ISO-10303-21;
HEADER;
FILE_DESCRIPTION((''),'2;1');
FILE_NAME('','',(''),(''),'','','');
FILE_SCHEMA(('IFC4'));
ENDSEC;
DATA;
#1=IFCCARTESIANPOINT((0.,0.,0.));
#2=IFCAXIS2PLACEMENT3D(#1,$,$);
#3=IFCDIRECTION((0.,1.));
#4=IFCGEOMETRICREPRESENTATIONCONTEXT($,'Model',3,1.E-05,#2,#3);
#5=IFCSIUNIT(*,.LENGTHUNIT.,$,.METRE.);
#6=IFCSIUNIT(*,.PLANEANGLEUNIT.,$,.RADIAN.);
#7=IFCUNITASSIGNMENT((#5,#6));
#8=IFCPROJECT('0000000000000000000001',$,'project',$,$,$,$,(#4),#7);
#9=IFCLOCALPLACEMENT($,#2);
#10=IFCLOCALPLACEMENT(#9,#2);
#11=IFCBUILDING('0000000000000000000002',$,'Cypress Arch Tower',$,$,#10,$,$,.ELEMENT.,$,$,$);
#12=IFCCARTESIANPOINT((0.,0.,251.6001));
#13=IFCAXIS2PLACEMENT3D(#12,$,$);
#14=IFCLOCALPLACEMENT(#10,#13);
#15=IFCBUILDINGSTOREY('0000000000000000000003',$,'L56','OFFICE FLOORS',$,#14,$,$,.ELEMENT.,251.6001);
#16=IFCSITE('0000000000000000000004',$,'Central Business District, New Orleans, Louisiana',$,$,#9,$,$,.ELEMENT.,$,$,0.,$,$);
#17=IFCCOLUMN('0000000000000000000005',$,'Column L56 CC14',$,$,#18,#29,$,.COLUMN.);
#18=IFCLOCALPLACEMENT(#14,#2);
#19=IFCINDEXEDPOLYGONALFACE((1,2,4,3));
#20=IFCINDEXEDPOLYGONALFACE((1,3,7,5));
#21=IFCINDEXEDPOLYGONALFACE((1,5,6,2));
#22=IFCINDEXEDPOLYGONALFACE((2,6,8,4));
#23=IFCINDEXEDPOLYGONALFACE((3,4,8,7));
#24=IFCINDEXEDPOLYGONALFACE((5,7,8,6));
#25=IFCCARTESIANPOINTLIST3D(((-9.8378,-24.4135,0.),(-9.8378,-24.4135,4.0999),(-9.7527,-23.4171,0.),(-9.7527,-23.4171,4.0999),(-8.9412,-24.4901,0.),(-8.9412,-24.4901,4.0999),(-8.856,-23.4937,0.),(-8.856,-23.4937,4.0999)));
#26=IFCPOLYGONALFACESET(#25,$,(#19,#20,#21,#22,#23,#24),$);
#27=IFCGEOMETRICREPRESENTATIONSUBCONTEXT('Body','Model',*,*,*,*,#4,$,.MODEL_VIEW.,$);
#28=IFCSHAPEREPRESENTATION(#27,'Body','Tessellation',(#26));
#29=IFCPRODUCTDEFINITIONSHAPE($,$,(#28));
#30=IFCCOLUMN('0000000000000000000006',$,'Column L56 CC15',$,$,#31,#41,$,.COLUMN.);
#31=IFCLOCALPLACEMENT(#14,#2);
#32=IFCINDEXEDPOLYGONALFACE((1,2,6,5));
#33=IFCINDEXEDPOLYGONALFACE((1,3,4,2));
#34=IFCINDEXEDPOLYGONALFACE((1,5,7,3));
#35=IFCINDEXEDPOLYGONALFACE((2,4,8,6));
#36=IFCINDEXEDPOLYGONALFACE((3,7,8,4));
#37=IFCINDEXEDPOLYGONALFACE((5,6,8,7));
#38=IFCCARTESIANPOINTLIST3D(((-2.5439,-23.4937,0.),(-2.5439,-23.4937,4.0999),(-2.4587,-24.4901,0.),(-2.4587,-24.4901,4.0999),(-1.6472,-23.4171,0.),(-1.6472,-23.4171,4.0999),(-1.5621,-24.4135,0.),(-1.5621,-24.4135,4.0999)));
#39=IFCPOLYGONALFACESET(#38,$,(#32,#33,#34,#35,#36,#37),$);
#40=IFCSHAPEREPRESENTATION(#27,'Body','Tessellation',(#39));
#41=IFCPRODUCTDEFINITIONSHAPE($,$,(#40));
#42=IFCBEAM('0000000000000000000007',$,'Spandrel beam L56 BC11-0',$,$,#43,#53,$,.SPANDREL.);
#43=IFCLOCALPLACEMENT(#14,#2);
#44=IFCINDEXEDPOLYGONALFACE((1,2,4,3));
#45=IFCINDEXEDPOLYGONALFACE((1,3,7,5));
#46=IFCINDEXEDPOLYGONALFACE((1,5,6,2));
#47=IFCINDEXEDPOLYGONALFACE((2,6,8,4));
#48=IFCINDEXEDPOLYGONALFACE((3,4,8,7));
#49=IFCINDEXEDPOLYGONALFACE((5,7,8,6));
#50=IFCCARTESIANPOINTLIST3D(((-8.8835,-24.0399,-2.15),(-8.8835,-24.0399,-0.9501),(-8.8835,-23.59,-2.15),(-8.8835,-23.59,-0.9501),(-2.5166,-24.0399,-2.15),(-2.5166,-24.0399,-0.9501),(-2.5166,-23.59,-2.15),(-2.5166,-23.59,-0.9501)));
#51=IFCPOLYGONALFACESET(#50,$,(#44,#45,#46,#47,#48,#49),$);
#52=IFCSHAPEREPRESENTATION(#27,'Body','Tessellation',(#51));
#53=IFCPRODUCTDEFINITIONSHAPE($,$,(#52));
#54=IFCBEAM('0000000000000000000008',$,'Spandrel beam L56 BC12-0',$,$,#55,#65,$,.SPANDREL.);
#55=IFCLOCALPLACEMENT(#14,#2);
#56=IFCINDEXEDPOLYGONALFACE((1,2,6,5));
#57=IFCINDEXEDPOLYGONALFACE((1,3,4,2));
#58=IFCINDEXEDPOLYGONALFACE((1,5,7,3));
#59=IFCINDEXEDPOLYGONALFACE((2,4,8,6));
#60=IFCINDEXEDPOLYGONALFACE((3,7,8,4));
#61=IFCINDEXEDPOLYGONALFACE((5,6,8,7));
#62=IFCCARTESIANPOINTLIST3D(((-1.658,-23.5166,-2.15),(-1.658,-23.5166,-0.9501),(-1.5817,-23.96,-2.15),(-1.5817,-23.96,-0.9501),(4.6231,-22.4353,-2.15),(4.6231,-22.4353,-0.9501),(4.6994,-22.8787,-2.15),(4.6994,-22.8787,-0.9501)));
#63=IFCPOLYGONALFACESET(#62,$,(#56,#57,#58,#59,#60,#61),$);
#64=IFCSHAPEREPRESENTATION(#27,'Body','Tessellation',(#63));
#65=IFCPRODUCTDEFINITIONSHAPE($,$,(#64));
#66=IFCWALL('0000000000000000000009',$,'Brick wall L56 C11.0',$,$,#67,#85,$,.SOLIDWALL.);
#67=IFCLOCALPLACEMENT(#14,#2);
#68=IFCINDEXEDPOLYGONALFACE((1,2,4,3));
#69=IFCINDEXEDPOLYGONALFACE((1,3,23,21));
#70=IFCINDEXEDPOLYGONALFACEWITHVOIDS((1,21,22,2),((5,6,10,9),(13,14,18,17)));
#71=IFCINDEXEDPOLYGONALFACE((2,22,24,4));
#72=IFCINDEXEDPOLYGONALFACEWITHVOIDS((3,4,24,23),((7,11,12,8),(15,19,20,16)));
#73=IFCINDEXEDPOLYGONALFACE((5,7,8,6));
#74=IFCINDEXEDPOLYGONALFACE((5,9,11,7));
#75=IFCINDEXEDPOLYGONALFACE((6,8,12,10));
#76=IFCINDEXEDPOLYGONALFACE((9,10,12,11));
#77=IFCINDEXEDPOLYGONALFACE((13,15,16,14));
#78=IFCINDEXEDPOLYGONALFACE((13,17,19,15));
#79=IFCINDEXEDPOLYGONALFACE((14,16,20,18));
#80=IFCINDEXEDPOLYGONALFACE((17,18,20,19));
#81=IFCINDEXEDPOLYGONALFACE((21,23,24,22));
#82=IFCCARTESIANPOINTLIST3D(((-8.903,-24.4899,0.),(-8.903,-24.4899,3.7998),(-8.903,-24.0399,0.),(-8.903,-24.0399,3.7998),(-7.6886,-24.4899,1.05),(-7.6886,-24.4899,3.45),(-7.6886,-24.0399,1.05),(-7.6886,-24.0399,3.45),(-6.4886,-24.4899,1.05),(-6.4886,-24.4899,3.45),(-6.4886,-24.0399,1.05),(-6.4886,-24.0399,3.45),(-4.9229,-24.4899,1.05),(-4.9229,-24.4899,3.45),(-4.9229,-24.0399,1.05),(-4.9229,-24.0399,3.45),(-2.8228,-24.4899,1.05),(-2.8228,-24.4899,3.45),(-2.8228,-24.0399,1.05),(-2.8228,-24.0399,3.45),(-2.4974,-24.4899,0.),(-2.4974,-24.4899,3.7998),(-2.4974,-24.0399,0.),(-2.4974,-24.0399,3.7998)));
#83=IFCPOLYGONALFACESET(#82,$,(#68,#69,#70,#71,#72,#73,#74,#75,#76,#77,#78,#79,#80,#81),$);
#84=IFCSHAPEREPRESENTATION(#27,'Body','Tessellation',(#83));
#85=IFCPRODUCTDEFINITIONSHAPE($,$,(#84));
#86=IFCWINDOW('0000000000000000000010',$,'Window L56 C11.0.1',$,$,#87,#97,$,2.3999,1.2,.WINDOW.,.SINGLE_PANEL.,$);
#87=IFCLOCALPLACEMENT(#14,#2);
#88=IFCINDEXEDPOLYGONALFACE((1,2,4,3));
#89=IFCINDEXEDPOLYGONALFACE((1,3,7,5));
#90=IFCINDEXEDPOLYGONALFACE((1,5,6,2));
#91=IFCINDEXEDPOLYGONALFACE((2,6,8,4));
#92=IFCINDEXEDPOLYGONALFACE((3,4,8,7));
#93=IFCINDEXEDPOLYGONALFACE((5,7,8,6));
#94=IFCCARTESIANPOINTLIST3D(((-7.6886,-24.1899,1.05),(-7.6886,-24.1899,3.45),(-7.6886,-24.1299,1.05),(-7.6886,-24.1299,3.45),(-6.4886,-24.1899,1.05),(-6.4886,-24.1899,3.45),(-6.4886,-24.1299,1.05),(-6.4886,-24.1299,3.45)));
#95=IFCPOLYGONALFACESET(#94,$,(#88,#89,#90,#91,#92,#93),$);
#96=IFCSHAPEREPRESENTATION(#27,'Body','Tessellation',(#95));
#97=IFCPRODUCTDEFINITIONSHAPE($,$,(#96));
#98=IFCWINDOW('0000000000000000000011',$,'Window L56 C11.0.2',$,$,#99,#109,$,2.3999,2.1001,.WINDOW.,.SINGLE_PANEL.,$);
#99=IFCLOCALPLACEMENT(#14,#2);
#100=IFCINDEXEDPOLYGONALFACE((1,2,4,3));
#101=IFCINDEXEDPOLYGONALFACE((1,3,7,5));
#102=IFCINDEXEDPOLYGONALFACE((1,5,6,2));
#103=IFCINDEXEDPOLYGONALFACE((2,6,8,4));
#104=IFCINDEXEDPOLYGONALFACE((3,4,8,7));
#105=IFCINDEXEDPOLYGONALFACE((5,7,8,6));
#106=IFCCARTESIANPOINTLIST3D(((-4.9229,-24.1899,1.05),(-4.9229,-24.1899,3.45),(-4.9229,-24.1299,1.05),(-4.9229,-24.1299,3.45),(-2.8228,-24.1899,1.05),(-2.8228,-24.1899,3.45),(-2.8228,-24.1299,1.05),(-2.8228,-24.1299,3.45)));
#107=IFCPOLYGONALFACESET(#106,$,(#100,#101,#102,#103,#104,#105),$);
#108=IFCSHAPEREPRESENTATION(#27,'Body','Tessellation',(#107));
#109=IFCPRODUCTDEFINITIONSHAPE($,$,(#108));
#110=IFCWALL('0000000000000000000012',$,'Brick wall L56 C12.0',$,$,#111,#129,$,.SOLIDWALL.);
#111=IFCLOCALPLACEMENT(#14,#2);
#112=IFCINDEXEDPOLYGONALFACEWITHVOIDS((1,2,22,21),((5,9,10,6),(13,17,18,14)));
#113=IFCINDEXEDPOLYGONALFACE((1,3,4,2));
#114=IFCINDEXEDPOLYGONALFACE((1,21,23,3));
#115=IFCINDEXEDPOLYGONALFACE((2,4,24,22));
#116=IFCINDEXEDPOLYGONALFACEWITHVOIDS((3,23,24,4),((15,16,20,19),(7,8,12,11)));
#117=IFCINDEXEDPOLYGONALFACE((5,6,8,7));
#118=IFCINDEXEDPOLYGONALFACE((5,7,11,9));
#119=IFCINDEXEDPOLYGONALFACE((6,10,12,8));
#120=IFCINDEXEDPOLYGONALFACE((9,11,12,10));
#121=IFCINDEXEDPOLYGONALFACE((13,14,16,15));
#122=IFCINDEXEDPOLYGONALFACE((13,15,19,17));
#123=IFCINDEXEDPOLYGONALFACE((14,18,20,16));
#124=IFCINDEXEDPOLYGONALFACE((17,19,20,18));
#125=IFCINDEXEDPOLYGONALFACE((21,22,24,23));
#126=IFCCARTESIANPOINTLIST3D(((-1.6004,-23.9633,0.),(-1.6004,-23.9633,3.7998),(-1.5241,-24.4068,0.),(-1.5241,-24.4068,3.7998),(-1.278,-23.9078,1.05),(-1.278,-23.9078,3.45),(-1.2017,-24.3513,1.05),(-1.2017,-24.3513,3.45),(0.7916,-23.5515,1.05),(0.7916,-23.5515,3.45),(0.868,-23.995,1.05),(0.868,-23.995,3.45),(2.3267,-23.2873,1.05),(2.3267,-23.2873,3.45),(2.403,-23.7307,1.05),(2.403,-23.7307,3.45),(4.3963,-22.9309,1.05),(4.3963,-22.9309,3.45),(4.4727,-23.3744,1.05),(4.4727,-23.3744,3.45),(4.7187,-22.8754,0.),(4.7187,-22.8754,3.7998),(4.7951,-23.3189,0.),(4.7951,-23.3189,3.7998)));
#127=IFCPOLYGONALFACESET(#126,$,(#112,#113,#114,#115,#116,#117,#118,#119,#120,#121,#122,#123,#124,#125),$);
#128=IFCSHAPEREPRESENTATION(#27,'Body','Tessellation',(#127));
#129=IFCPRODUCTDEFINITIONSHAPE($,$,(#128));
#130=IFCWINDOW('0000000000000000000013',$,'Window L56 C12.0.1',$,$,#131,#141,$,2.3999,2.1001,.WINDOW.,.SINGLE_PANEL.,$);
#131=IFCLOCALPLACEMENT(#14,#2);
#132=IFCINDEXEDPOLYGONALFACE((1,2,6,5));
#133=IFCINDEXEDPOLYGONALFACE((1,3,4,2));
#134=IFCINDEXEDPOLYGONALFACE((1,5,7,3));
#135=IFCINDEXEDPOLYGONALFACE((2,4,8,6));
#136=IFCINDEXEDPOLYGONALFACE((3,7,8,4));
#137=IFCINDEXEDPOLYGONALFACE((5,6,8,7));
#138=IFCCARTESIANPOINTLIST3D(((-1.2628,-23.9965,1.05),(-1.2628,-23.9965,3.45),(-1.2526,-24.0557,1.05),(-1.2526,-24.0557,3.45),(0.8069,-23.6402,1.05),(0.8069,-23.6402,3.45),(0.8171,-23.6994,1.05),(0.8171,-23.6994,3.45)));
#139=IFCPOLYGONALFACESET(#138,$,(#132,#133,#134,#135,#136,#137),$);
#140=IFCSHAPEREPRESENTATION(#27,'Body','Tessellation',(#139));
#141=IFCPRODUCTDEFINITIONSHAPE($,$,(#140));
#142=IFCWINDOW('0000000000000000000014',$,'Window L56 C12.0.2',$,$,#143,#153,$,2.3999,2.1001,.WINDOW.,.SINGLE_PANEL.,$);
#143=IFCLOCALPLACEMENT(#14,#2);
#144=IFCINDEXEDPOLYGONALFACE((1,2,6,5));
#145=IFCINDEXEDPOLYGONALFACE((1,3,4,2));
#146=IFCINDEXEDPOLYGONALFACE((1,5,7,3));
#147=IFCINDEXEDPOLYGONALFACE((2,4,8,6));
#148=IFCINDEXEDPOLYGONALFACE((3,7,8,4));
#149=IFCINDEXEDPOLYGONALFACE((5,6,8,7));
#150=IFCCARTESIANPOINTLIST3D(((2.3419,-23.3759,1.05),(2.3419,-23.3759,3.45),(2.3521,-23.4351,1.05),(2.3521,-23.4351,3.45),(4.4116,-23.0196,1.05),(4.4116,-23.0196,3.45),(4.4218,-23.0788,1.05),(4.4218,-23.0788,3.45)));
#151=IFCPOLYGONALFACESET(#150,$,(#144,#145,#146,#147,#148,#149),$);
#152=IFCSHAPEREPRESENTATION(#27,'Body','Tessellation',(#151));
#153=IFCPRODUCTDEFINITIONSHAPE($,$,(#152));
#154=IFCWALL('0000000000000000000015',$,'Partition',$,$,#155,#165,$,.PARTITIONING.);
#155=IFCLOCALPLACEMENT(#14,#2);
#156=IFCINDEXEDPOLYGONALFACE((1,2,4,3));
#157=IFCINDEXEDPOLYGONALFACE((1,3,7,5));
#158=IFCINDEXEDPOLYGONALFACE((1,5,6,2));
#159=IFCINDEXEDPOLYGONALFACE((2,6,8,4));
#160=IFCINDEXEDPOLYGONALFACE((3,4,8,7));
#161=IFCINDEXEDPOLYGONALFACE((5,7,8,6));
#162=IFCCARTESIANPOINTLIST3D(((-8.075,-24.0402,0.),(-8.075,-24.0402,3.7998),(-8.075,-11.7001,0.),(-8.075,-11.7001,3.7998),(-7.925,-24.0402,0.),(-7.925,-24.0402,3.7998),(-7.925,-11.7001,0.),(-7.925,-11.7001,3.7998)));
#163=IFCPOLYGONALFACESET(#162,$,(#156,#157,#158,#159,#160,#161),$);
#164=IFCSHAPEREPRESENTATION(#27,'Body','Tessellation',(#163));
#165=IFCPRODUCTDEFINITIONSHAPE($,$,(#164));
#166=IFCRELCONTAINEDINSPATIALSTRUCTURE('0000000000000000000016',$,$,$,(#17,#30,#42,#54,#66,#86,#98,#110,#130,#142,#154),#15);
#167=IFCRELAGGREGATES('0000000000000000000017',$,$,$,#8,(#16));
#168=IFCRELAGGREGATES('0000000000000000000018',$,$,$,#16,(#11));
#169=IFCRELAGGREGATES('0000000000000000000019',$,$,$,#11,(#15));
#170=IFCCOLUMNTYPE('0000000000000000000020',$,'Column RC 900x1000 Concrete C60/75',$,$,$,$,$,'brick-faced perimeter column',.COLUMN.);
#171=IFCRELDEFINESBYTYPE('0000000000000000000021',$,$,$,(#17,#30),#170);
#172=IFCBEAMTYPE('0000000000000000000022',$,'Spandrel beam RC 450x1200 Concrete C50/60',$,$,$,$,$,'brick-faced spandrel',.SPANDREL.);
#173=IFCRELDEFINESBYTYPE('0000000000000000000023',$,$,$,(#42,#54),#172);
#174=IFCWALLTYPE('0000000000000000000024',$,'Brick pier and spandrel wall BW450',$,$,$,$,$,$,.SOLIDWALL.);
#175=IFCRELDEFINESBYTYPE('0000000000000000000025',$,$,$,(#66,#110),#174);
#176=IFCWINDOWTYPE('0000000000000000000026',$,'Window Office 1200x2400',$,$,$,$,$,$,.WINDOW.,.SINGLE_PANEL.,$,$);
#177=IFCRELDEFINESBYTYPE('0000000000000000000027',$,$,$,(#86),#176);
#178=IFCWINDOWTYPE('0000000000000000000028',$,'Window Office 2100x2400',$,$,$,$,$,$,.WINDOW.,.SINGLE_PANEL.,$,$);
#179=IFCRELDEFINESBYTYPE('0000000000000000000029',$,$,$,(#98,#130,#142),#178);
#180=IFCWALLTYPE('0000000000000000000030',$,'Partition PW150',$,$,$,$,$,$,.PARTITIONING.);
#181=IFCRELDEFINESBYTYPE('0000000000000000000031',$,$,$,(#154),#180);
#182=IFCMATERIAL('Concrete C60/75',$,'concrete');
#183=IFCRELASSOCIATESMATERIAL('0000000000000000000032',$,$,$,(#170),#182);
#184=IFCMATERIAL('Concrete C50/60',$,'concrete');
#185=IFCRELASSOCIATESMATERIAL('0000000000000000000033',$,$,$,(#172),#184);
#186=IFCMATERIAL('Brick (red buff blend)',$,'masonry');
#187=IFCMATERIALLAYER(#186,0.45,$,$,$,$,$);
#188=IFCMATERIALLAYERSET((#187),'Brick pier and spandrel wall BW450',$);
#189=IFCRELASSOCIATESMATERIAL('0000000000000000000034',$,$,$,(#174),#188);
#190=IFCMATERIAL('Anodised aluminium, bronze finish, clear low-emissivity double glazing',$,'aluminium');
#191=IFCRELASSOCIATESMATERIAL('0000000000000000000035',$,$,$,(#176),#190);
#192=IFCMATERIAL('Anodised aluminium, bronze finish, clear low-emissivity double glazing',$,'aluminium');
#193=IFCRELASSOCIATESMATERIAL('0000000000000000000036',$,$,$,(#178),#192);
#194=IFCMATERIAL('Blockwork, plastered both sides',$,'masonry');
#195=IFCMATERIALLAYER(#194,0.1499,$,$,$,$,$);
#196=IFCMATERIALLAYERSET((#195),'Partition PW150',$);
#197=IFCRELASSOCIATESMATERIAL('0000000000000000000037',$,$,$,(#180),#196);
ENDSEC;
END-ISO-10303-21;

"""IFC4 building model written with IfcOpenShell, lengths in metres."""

from ifc_helpers import new_model, si_unit, direction, frame, frame_2d, origin, origin_2d, place, context, subcontext, project, spatial, rectangle, extrude, material, layer, layer_set, material_profile, profile_set, type_object, element, fill, save


model = new_model("IFC4")

# Units and contexts
model_context = context("Model", 3, precision=1e-05, world=origin(), true_north=direction((0.0, 1.0)))
body_context = subcontext(model_context, "Body", "Model", "MODEL_VIEW")
ifc_project = project(units=[si_unit("LENGTHUNIT", "METRE"), si_unit("PLANEANGLEUNIT", "RADIAN")], contexts=[model_context])

# Site, building, storey
site_placement = place(None, origin())
site = spatial("IfcSite", under=ifc_project, at=site_placement, Name="Central Business District, New Orleans, Louisiana", CompositionType="ELEMENT", RefElevation=0.0)
building_placement = place(site_placement, origin())
building = spatial("IfcBuilding", under=site, at=building_placement, Name="Cypress Arch Tower", CompositionType="ELEMENT")
storey_placement = place(building_placement, frame((0.0, 0.0, 251.6001)))
storey = spatial("IfcBuildingStorey", under=building, at=storey_placement, Name="L56", Description="OFFICE FLOORS", CompositionType="ELEMENT", Elevation=251.6001)

# Columns
ifc_material_1 = material(Name="Concrete C60/75", Category="concrete")
ifc_material_profile_1 = material_profile(ifc_material_1, rectangle(XDim=0.8999, YDim=1.0, at=origin_2d()), Name="RC 900x1000")
ifc_profile_set_1 = profile_set([ifc_material_profile_1], Name="Concrete C60/75")
column_type = type_object("IfcColumnType", Name="Column RC 900x1000 Concrete C60/75", ElementType="brick-faced perimeter column", PredefinedType="COLUMN", material=ifc_profile_set_1)
for number, where, z_axis, x_axis, name in (
    (1, (-9.3469, -23.9536, 0.0), (0.0, 0.0, 1.0), (0.996368, -0.085149, 0.0), "Column L56 CC14"),
    (2, (-2.053, -23.9536, 0.0), (0.0, 0.0, 1.0), (0.996368, 0.085149, 0.0), "Column L56 CC15"),
):
    element("IfcColumn", number, at=place(storey_placement, frame(where, z_axis=z_axis, x_axis=x_axis)), inside=storey, type_object=column_type, Name=name, PredefinedType="COLUMN", context=body_context, shape_type="SweptSolid", body=[
        extrude(rectangle(XDim=0.8999, YDim=1.0, at=origin_2d()), origin(), (0.0, 0.0, 1.0), 4.0999),
    ])

# Beams
ifc_material_2 = material(Name="Concrete C50/60", Category="concrete")
ifc_material_profile_2 = material_profile(ifc_material_2, rectangle(XDim=0.45, YDim=1.2, at=origin_2d()), Name="RC 450x1200")
ifc_profile_set_2 = profile_set([ifc_material_profile_2], Name="Concrete C50/60")
beam_type = type_object("IfcBeamType", Name="Spandrel beam RC 450x1200 Concrete C50/60", ElementType="brick-faced spandrel", PredefinedType="SPANDREL", material=ifc_profile_set_2)
beam_1_placement = place(storey_placement, frame((-8.8835, -23.8149, -1.55), z_axis=(1.0, 0.0, 0.0), x_axis=(0.0, 1.0, 0.0)))
element("IfcBeam", 3, at=beam_1_placement, inside=storey, type_object=beam_type, Name="Spandrel beam L56 BC11-0", PredefinedType="SPANDREL", context=body_context, shape_type="SweptSolid", body=[
    extrude(rectangle(XDim=0.45, YDim=1.2, at=origin_2d()), origin(), (0.0, 0.0, 1.0), 6.3669),
])
beam_2_placement = place(storey_placement, frame((-1.6199, -23.7383, -1.55), z_axis=(0.985504, 0.169652, 0.0), x_axis=(-0.169652, 0.985504, 0.0)))
element("IfcBeam", 4, at=beam_2_placement, inside=storey, type_object=beam_type, Name="Spandrel beam L56 BC12-0", PredefinedType="SPANDREL", context=body_context, shape_type="SweptSolid", body=[
    extrude(rectangle(XDim=0.45, YDim=1.2, at=origin_2d()), origin(), (0.0, 0.0, 1.0), 6.3735),
])

# Walls, openings, windows
ifc_material_3 = material(Name="Brick (red buff blend)", Category="masonry")
ifc_layer_1 = layer(ifc_material_3, 0.45)
ifc_layer_set_1 = layer_set([ifc_layer_1], Name="Brick pier and spandrel wall BW450")
wall_type_1 = type_object("IfcWallType", Name="Brick pier and spandrel wall BW450", PredefinedType="SOLIDWALL", material=ifc_layer_set_1)
wall_1_placement = place(storey_placement, frame((-8.9028, -24.2649, 0.0), z_axis=(0.0, 0.0, 1.0), x_axis=(1.0, 0.0, 0.0)))
wall_1 = element("IfcWall", 5, at=wall_1_placement, inside=storey, type_object=wall_type_1, Name="Brick wall L56 C11.0", PredefinedType="SOLIDWALL", context=body_context, shape_type="SweptSolid", body=[
    extrude(rectangle(XDim=6.4055, YDim=0.45, at=frame_2d((3.2026, 0.0))), origin(), (0.0, 0.0, 1.0), 3.7998),
])
opening_1_placement = place(wall_1_placement, frame((3.98, 0.0, 1.05)))
opening_1 = element("IfcOpeningElement", 6, at=opening_1_placement, cuts=wall_1, PredefinedType="OPENING", context=body_context, shape_type="SweptSolid", body=[
    extrude(rectangle(XDim=2.1001, YDim=2.3999, at=frame_2d((1.05, 1.2))), frame((0.0, 0.2349, 0.0), z_axis=(0.0, -1.0, 0.0), x_axis=(1.0, 0.0, 0.0)), (0.0, 0.0, 1.0), 0.47),
])
opening_2_placement = place(wall_1_placement, frame((1.2141, 0.0, 1.05)))
opening_2 = element("IfcOpeningElement", 7, at=opening_2_placement, cuts=wall_1, PredefinedType="OPENING", context=body_context, shape_type="SweptSolid", body=[
    extrude(rectangle(XDim=1.2, YDim=2.3999, at=frame_2d((0.6001, 1.2))), frame((0.0, 0.2349, 0.0), z_axis=(0.0, -1.0, 0.0), x_axis=(1.0, 0.0, 0.0)), (0.0, 0.0, 1.0), 0.47),
])
ifc_material_4 = material(Name="Anodised aluminium, bronze finish, clear low-emissivity double glazing", Category="aluminium")
window_type_1 = type_object("IfcWindowType", Name="Window Office 1200x2400", PartitioningType="SINGLE_PANEL", PredefinedType="WINDOW", material=ifc_material_4)
window_1_placement = place(opening_2_placement, origin())
window_1 = element("IfcWindow", 8, at=window_1_placement, inside=storey, type_object=window_type_1, Name="Window L56 C11.0.1", OverallHeight=2.3999, OverallWidth=1.2, PartitioningType="SINGLE_PANEL", PredefinedType="WINDOW", context=body_context, shape_type="SweptSolid", body=[
    extrude(rectangle(XDim=1.2, YDim=2.3999, at=frame_2d((0.6001, 1.2))), frame((0.0, 0.135, 0.0), z_axis=(0.0, -1.0, 0.0), x_axis=(1.0, 0.0, 0.0)), (0.0, 0.0, 1.0), 0.0601),
])
fill(opening_2, window_1)
ifc_material_5 = material(Name="Anodised aluminium, bronze finish, clear low-emissivity double glazing", Category="aluminium")
window_type_2 = type_object("IfcWindowType", Name="Window Office 2100x2400", PartitioningType="SINGLE_PANEL", PredefinedType="WINDOW", material=ifc_material_5)
window_2_placement = place(opening_1_placement, origin())
window_2 = element("IfcWindow", 9, at=window_2_placement, inside=storey, type_object=window_type_2, Name="Window L56 C11.0.2", OverallHeight=2.3999, OverallWidth=2.1001, PartitioningType="SINGLE_PANEL", PredefinedType="WINDOW", context=body_context, shape_type="SweptSolid", body=[
    extrude(rectangle(XDim=2.1001, YDim=2.3999, at=frame_2d((1.05, 1.2))), frame((0.0, 0.135, 0.0), z_axis=(0.0, -1.0, 0.0), x_axis=(1.0, 0.0, 0.0)), (0.0, 0.0, 1.0), 0.0601),
])
fill(opening_1, window_2)
wall_2_placement = place(storey_placement, frame((-1.5623, -24.1851, 0.0), z_axis=(0.0, 0.0, 1.0), x_axis=(0.985502, 0.169663, 0.0)))
wall_2 = element("IfcWall", 10, at=wall_2_placement, inside=storey, type_object=wall_type_1, Name="Brick wall L56 C12.0", PredefinedType="SOLIDWALL", context=body_context, shape_type="SweptSolid", body=[
    extrude(rectangle(XDim=6.4121, YDim=0.45, at=frame_2d((3.2061, 0.0))), origin(), (0.0, 0.0, 1.0), 3.7998),
])
opening_3_placement = place(wall_2_placement, frame((0.3271, 0.0, 1.05)))
opening_3 = element("IfcOpeningElement", 11, at=opening_3_placement, cuts=wall_2, PredefinedType="OPENING", context=body_context, shape_type="SweptSolid", body=[
    extrude(rectangle(XDim=2.1001, YDim=2.3999, at=frame_2d((1.05, 1.2))), frame((0.0, 0.2349, 0.0), z_axis=(0.0, -1.0, 0.0), x_axis=(1.0, 0.0, 0.0)), (0.0, 0.0, 1.0), 0.47),
])
opening_4_placement = place(wall_2_placement, frame((3.9849, 0.0, 1.05)))
opening_4 = element("IfcOpeningElement", 12, at=opening_4_placement, cuts=wall_2, PredefinedType="OPENING", context=body_context, shape_type="SweptSolid", body=[
    extrude(rectangle(XDim=2.1001, YDim=2.3999, at=frame_2d((1.05, 1.2))), frame((0.0, 0.2349, 0.0), z_axis=(0.0, -1.0, 0.0), x_axis=(1.0, 0.0, 0.0)), (0.0, 0.0, 1.0), 0.47),
])
window_3_placement = place(opening_3_placement, origin())
window_3 = element("IfcWindow", 13, at=window_3_placement, inside=storey, type_object=window_type_2, Name="Window L56 C12.0.1", OverallHeight=2.3999, OverallWidth=2.1001, PartitioningType="SINGLE_PANEL", PredefinedType="WINDOW", context=body_context, shape_type="SweptSolid", body=[
    extrude(rectangle(XDim=2.1001, YDim=2.3999, at=frame_2d((1.05, 1.2))), frame((0.0, 0.135, 0.0), z_axis=(0.0, -1.0, 0.0), x_axis=(1.0, 0.0, 0.0)), (0.0, 0.0, 1.0), 0.0601),
])
fill(opening_3, window_3)
window_4_placement = place(opening_4_placement, origin())
window_4 = element("IfcWindow", 14, at=window_4_placement, inside=storey, type_object=window_type_2, Name="Window L56 C12.0.2", OverallHeight=2.3999, OverallWidth=2.1001, PartitioningType="SINGLE_PANEL", PredefinedType="WINDOW", context=body_context, shape_type="SweptSolid", body=[
    extrude(rectangle(XDim=2.1001, YDim=2.3999, at=frame_2d((1.05, 1.2))), frame((0.0, 0.135, 0.0), z_axis=(0.0, -1.0, 0.0), x_axis=(1.0, 0.0, 0.0)), (0.0, 0.0, 1.0), 0.0601),
])
fill(opening_4, window_4)

# Wall
ifc_material_6 = material(Name="Blockwork, plastered both sides", Category="masonry")
ifc_layer_2 = layer(ifc_material_6, 0.1499)
ifc_layer_set_2 = layer_set([ifc_layer_2], Name="Partition PW150")
wall_type_2 = type_object("IfcWallType", Name="Partition PW150", PredefinedType="PARTITIONING", material=ifc_layer_set_2)
for number, where, z_axis, x_axis, name in (
    (15, (-8.0, -24.04, 0.0), (0.0, 0.0, 1.0), (0.0, 1.0, 0.0), "Partition"),
):
    element("IfcWall", number, at=place(storey_placement, frame(where, z_axis=z_axis, x_axis=x_axis)), inside=storey, type_object=wall_type_2, Name=name, PredefinedType="PARTITIONING", context=body_context, shape_type="SweptSolid", body=[
        extrude(rectangle(XDim=12.3401, YDim=0.1499, at=frame_2d((6.1699, 0.0))), origin(), (0.0, 0.0, 1.0), 3.7998),
    ])

save(model, "model.ifc")
